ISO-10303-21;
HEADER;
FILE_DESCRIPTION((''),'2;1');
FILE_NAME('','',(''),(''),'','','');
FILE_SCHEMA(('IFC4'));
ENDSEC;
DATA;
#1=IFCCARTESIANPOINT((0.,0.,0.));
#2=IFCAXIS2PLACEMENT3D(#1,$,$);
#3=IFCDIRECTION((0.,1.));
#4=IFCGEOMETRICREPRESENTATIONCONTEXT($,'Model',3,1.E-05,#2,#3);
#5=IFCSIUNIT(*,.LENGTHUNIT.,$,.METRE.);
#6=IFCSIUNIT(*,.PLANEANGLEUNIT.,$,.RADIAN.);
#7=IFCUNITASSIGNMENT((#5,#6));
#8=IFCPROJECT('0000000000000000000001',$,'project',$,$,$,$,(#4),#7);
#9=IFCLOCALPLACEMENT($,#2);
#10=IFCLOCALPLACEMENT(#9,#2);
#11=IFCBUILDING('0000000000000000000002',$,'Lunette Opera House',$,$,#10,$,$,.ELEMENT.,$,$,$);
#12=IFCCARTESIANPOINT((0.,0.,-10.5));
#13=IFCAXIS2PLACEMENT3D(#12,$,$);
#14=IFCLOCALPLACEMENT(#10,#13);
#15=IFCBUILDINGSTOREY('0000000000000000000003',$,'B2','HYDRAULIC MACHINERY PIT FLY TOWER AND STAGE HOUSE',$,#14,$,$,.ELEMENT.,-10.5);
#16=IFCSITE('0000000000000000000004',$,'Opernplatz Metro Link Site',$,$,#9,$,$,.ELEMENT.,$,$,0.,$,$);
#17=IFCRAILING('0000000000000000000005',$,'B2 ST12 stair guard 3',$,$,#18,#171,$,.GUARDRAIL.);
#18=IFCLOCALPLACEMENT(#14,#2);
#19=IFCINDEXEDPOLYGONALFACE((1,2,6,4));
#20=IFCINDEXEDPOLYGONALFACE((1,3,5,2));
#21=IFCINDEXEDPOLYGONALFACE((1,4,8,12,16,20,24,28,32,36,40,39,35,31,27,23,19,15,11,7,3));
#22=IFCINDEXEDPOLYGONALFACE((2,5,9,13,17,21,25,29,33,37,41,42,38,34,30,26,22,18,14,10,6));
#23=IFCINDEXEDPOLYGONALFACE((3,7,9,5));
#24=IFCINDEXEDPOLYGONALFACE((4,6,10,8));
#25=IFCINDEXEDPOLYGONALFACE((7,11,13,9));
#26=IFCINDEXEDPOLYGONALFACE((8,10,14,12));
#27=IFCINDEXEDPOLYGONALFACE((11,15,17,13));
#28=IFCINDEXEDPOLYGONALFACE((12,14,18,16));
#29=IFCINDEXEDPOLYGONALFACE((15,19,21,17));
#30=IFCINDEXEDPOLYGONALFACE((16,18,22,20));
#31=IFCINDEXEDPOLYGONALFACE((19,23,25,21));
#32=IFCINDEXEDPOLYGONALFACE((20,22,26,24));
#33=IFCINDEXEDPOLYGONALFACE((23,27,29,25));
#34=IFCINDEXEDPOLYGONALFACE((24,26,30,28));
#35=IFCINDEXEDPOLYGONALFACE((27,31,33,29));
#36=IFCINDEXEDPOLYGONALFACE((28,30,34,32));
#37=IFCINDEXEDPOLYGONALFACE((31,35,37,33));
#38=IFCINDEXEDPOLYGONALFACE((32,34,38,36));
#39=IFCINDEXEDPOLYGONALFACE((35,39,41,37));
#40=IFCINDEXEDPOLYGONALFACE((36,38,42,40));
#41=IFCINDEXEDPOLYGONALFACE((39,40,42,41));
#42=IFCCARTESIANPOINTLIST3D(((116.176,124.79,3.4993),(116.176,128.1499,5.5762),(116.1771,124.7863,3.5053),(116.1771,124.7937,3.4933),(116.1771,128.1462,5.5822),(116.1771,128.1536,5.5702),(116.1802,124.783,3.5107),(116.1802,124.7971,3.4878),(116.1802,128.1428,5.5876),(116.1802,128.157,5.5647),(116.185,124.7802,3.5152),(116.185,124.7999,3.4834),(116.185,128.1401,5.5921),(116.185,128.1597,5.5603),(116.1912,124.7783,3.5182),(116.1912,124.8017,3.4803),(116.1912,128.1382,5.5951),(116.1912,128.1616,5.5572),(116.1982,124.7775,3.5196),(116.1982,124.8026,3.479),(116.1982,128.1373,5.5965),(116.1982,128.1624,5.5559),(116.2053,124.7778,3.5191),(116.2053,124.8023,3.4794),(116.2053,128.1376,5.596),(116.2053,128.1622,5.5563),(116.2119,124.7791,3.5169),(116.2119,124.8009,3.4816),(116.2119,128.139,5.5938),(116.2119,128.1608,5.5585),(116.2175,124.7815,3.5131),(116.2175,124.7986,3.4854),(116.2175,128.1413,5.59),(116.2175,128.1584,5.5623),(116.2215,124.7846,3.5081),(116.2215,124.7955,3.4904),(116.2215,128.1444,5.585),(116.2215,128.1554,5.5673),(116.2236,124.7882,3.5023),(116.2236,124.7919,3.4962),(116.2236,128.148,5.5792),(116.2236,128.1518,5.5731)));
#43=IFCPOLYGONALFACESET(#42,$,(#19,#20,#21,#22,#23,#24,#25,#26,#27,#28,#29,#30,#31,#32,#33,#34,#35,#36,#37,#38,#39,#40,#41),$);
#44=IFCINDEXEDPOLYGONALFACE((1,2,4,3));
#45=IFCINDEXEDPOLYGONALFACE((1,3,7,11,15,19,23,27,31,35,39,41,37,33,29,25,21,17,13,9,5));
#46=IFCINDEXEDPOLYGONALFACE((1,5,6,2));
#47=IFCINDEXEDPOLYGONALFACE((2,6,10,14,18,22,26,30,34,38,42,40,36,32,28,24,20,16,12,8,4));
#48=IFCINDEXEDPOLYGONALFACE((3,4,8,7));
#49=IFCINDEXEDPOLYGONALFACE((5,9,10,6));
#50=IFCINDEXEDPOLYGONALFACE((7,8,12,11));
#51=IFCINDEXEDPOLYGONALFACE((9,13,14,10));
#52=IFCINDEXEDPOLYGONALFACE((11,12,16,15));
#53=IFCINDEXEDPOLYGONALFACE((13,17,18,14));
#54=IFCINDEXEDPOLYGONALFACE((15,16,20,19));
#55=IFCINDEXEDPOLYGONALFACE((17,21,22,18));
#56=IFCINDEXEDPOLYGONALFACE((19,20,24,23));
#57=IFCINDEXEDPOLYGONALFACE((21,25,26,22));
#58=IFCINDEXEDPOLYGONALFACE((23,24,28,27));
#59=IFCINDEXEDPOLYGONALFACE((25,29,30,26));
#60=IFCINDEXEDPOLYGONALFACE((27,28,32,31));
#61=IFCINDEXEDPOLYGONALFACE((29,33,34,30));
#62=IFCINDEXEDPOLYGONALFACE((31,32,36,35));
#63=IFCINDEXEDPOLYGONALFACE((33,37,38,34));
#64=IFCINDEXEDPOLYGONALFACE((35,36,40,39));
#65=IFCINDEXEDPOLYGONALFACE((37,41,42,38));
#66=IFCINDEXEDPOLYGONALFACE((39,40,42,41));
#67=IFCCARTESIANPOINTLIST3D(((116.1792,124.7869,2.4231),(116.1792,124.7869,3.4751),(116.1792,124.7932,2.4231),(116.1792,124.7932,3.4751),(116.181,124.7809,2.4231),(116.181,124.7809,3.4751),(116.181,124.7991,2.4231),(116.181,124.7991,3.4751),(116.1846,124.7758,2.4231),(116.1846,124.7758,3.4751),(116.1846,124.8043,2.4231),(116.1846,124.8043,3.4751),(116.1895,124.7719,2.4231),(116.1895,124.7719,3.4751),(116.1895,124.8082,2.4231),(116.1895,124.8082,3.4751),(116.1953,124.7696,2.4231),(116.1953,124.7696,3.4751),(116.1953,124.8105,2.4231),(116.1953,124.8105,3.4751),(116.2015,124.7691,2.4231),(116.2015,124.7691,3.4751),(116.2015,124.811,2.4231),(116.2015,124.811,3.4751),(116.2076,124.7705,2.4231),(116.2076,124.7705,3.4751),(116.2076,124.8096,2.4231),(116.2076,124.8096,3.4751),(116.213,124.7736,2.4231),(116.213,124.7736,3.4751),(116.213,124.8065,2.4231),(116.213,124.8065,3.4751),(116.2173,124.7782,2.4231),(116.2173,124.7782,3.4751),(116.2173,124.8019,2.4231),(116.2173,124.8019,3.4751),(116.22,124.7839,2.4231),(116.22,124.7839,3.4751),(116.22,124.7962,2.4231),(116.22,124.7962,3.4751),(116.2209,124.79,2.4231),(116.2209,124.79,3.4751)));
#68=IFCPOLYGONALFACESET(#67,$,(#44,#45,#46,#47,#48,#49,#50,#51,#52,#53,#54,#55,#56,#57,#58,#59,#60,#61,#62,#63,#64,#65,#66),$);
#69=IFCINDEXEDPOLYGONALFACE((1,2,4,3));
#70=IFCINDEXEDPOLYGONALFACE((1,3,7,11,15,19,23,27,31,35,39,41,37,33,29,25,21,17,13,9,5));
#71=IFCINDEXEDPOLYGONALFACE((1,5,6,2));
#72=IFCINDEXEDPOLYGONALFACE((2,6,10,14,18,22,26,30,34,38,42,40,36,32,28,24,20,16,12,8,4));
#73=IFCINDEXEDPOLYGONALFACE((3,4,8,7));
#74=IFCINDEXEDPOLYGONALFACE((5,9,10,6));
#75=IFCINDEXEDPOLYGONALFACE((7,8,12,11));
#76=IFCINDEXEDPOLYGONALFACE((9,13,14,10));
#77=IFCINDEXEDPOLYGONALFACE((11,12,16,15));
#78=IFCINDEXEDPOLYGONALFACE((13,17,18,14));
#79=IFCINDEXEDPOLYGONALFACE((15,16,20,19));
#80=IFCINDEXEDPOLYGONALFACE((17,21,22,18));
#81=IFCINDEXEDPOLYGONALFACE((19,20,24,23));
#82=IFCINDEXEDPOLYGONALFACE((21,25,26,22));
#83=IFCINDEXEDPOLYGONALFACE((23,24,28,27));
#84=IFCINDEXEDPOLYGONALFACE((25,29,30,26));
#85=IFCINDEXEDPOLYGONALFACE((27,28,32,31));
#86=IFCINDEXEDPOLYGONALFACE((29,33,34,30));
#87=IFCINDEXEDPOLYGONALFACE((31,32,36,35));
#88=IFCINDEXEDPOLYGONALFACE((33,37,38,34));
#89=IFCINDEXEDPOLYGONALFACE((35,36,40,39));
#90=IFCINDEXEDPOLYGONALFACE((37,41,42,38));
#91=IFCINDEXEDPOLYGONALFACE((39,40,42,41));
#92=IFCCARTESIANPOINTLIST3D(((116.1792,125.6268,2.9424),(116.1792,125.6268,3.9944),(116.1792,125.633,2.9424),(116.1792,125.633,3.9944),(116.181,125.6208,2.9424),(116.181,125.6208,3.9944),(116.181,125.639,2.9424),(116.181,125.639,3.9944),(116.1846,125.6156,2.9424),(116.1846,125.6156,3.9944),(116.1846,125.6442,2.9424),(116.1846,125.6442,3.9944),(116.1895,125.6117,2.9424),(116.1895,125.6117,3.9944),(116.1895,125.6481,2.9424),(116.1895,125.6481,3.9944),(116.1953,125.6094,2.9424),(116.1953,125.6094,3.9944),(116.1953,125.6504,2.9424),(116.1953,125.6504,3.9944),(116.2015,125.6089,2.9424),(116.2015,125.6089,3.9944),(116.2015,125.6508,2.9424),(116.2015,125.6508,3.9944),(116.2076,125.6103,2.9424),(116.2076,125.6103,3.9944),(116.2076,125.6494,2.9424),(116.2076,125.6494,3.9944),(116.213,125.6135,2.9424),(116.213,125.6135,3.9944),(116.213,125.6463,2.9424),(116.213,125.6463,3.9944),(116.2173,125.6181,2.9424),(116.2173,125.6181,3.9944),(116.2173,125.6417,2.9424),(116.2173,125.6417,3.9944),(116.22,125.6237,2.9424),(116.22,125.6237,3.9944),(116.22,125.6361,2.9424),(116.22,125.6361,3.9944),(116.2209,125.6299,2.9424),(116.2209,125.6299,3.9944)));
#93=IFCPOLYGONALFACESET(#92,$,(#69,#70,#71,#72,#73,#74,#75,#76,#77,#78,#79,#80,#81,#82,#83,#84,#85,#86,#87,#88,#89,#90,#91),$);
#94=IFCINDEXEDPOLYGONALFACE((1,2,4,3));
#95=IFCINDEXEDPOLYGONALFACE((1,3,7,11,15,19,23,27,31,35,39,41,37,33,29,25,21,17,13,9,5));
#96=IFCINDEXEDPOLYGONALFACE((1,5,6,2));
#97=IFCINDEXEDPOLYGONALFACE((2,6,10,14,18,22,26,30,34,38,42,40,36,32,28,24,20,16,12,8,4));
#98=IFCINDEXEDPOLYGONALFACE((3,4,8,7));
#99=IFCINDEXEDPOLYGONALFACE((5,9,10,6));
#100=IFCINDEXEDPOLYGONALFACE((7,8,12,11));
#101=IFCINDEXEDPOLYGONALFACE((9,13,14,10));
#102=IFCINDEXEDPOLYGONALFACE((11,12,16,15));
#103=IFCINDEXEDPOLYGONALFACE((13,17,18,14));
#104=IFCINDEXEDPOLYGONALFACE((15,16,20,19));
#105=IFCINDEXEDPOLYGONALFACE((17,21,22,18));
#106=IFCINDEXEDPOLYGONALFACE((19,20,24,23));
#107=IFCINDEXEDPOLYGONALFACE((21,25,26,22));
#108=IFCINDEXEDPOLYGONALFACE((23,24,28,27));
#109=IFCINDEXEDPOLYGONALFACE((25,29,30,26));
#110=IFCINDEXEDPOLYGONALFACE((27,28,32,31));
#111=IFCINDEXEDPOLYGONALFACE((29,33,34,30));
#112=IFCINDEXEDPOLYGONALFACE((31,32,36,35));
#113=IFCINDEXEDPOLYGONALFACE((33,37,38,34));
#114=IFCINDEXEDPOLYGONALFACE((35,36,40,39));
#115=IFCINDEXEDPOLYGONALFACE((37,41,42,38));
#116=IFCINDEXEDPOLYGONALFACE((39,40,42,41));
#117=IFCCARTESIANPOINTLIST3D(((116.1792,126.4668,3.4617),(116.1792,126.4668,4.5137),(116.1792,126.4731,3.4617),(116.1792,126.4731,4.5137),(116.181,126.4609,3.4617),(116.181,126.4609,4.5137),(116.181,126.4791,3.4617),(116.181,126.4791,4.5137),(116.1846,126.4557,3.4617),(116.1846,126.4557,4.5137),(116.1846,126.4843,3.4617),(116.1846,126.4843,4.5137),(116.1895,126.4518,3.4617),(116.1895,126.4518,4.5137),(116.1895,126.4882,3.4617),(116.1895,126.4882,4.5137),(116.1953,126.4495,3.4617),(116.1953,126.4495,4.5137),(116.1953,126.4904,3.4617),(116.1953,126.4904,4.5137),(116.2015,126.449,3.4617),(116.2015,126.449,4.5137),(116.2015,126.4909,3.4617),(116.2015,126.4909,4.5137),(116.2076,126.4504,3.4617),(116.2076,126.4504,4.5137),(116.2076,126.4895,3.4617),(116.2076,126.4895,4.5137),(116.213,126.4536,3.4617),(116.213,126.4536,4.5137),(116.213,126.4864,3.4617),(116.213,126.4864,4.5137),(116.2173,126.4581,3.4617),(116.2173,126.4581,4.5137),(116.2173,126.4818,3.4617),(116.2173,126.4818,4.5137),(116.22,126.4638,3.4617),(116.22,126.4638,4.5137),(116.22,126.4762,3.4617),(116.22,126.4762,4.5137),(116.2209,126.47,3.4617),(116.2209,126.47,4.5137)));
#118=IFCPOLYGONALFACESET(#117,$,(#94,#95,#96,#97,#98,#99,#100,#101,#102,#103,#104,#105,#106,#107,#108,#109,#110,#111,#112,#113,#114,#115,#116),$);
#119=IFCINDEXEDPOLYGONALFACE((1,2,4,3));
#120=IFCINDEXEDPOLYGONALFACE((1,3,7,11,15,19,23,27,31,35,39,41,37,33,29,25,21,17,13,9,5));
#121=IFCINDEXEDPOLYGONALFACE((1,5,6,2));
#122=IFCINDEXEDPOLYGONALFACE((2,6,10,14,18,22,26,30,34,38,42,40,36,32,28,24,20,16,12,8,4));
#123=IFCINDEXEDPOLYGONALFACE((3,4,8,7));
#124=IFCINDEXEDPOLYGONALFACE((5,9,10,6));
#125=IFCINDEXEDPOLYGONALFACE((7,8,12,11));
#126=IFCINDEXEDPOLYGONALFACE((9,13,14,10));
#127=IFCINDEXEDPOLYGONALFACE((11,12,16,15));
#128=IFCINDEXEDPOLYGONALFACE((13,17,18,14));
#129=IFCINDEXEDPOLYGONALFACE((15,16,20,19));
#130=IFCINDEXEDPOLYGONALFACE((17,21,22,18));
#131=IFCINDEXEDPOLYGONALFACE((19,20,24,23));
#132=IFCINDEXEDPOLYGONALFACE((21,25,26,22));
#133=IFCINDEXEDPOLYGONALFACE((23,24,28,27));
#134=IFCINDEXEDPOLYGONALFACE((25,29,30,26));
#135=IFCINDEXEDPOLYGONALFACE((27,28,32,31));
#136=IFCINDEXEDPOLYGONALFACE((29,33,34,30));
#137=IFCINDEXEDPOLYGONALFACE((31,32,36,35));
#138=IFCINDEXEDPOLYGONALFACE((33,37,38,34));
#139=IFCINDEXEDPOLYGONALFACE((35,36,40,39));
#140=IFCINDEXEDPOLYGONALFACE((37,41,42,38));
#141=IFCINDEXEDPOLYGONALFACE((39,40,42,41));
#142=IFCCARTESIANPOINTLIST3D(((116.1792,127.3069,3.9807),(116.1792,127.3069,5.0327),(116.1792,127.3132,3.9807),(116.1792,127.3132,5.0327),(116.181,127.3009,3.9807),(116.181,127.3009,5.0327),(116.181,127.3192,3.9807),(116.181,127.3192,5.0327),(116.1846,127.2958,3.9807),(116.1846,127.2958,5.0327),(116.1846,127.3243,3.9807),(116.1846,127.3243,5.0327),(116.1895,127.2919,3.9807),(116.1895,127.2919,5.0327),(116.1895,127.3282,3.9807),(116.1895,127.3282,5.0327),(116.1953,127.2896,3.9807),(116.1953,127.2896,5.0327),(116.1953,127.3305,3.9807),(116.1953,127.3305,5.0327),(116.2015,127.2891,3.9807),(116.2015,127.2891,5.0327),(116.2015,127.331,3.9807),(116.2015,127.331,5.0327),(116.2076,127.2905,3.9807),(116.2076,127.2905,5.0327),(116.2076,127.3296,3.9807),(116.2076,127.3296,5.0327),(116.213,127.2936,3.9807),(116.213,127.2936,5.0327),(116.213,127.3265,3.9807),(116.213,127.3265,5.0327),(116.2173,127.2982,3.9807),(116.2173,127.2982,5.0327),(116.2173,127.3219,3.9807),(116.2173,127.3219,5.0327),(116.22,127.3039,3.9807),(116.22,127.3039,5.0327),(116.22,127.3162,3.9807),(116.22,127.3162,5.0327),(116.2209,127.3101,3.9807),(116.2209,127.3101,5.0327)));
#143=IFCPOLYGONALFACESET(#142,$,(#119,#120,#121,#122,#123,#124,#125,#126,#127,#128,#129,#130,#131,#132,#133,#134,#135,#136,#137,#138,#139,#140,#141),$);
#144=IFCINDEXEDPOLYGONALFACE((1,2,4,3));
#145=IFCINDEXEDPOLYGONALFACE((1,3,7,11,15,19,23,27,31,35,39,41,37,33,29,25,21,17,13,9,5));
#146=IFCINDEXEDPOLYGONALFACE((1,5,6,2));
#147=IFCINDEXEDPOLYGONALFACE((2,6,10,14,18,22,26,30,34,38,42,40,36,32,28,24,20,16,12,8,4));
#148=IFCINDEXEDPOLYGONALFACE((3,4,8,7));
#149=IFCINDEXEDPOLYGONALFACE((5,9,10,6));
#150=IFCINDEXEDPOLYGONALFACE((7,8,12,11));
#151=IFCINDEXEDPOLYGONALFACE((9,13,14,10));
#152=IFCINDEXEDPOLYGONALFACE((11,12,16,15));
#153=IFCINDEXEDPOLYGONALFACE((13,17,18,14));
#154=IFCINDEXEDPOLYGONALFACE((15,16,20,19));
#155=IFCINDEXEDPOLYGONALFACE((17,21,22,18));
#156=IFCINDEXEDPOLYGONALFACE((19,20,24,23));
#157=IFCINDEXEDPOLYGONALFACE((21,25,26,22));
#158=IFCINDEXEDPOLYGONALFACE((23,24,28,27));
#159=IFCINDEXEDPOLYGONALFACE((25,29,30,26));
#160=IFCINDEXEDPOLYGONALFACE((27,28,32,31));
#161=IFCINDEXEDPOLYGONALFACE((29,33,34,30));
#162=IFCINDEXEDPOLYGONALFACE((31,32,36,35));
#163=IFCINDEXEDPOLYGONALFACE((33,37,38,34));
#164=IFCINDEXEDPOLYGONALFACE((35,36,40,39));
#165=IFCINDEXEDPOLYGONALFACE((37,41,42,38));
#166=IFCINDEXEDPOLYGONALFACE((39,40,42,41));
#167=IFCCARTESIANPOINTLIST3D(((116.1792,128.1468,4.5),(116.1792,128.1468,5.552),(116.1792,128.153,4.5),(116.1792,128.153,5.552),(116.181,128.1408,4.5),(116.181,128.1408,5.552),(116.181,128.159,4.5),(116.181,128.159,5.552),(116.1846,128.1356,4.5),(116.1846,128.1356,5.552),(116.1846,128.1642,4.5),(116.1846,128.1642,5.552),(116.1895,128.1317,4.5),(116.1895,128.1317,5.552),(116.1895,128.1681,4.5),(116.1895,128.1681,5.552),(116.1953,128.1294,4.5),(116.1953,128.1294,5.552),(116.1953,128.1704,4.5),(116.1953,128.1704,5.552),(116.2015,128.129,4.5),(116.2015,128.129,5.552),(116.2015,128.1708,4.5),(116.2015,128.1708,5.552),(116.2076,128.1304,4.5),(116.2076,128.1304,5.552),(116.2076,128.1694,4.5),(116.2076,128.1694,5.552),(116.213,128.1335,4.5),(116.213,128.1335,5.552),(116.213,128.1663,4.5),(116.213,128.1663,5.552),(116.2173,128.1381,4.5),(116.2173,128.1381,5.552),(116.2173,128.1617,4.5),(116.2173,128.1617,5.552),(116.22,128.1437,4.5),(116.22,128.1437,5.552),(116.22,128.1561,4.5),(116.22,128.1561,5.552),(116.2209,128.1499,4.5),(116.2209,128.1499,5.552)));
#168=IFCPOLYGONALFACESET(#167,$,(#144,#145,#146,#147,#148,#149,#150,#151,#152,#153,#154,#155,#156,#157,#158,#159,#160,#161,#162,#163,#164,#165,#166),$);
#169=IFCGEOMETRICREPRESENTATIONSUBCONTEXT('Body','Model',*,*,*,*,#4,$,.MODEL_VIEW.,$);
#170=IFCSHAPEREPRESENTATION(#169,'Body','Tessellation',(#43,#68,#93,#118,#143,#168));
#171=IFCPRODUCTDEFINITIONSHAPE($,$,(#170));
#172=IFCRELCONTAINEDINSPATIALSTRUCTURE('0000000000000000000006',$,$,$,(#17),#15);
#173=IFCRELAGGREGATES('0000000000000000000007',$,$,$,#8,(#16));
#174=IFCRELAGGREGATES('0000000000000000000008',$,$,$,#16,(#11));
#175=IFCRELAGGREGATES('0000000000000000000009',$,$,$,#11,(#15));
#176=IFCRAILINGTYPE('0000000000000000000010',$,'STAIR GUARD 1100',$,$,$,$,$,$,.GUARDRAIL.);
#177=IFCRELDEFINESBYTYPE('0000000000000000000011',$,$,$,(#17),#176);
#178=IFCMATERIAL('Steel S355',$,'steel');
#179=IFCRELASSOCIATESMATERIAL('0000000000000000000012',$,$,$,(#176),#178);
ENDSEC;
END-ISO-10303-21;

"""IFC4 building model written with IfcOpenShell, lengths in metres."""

from ifc_helpers import new_model, si_unit, direction, frame, origin, origin_2d, place, context, subcontext, project, spatial, circle, extrude, material, type_object, element, save


model = new_model("IFC4")

# Units and contexts
model_context = context("Model", 3, precision=1e-05, world=origin(), true_north=direction((0.0, 1.0)))
body_context = subcontext(model_context, "Body", "Model", "MODEL_VIEW")
ifc_project = project(units=[si_unit("LENGTHUNIT", "METRE"), si_unit("PLANEANGLEUNIT", "RADIAN")], contexts=[model_context])

# Site, building, storey
site_placement = place(None, origin())
site = spatial("IfcSite", under=ifc_project, at=site_placement, Name="Opernplatz Metro Link Site", CompositionType="ELEMENT", RefElevation=0.0)
building_placement = place(site_placement, origin())
building = spatial("IfcBuilding", under=site, at=building_placement, Name="Lunette Opera House", CompositionType="ELEMENT")
storey_placement = place(building_placement, frame((0.0, 0.0, -10.5)))
storey = spatial("IfcBuildingStorey", under=building, at=storey_placement, Name="B2", Description="HYDRAULIC MACHINERY PIT FLY TOWER AND STAGE HOUSE", CompositionType="ELEMENT", Elevation=-10.5)

# Railing
ifc_material_1 = material(Name="Steel S355", Category="steel")
railing_type_1 = type_object("IfcRailingType", Name="STAIR GUARD 1100", PredefinedType="GUARDRAIL", material=ifc_material_1)
railing_1_placement = place(storey_placement, frame((116.2, 124.79, 2.4231)))
element("IfcRailing", 1, at=railing_1_placement, inside=storey, type_object=railing_type_1, Name="B2 ST12 stair guard 3", PredefinedType="GUARDRAIL", context=body_context, shape_type="SweptSolid", body=[
    extrude(circle(Radius=0.0239, at=origin_2d()), frame((0.0, 0.0, 1.0762), z_axis=(0.0, 0.850606, 0.525803), x_axis=(-1.0, 0.0, 0.0)), (0.0, 0.0, 1.0), 3.95),
    extrude(circle(Radius=0.021, at=origin_2d()), origin(), (0.0, 0.0, 1.0), 1.052),
    extrude(circle(Radius=0.021, at=origin_2d()), frame((0.0, 0.8398, 0.5193)), (0.0, 0.0, 1.0), 1.052),
    extrude(circle(Radius=0.021, at=origin_2d()), frame((0.0, 1.6799, 1.0386)), (0.0, 0.0, 1.0), 1.052),
    extrude(circle(Radius=0.021, at=origin_2d()), frame((0.0, 2.52, 1.5576)), (0.0, 0.0, 1.0), 1.052),
    extrude(circle(Radius=0.021, at=origin_2d()), frame((0.0, 3.3599, 2.0769)), (0.0, 0.0, 1.0), 1.052),
])

save(model, "model.ifc")
